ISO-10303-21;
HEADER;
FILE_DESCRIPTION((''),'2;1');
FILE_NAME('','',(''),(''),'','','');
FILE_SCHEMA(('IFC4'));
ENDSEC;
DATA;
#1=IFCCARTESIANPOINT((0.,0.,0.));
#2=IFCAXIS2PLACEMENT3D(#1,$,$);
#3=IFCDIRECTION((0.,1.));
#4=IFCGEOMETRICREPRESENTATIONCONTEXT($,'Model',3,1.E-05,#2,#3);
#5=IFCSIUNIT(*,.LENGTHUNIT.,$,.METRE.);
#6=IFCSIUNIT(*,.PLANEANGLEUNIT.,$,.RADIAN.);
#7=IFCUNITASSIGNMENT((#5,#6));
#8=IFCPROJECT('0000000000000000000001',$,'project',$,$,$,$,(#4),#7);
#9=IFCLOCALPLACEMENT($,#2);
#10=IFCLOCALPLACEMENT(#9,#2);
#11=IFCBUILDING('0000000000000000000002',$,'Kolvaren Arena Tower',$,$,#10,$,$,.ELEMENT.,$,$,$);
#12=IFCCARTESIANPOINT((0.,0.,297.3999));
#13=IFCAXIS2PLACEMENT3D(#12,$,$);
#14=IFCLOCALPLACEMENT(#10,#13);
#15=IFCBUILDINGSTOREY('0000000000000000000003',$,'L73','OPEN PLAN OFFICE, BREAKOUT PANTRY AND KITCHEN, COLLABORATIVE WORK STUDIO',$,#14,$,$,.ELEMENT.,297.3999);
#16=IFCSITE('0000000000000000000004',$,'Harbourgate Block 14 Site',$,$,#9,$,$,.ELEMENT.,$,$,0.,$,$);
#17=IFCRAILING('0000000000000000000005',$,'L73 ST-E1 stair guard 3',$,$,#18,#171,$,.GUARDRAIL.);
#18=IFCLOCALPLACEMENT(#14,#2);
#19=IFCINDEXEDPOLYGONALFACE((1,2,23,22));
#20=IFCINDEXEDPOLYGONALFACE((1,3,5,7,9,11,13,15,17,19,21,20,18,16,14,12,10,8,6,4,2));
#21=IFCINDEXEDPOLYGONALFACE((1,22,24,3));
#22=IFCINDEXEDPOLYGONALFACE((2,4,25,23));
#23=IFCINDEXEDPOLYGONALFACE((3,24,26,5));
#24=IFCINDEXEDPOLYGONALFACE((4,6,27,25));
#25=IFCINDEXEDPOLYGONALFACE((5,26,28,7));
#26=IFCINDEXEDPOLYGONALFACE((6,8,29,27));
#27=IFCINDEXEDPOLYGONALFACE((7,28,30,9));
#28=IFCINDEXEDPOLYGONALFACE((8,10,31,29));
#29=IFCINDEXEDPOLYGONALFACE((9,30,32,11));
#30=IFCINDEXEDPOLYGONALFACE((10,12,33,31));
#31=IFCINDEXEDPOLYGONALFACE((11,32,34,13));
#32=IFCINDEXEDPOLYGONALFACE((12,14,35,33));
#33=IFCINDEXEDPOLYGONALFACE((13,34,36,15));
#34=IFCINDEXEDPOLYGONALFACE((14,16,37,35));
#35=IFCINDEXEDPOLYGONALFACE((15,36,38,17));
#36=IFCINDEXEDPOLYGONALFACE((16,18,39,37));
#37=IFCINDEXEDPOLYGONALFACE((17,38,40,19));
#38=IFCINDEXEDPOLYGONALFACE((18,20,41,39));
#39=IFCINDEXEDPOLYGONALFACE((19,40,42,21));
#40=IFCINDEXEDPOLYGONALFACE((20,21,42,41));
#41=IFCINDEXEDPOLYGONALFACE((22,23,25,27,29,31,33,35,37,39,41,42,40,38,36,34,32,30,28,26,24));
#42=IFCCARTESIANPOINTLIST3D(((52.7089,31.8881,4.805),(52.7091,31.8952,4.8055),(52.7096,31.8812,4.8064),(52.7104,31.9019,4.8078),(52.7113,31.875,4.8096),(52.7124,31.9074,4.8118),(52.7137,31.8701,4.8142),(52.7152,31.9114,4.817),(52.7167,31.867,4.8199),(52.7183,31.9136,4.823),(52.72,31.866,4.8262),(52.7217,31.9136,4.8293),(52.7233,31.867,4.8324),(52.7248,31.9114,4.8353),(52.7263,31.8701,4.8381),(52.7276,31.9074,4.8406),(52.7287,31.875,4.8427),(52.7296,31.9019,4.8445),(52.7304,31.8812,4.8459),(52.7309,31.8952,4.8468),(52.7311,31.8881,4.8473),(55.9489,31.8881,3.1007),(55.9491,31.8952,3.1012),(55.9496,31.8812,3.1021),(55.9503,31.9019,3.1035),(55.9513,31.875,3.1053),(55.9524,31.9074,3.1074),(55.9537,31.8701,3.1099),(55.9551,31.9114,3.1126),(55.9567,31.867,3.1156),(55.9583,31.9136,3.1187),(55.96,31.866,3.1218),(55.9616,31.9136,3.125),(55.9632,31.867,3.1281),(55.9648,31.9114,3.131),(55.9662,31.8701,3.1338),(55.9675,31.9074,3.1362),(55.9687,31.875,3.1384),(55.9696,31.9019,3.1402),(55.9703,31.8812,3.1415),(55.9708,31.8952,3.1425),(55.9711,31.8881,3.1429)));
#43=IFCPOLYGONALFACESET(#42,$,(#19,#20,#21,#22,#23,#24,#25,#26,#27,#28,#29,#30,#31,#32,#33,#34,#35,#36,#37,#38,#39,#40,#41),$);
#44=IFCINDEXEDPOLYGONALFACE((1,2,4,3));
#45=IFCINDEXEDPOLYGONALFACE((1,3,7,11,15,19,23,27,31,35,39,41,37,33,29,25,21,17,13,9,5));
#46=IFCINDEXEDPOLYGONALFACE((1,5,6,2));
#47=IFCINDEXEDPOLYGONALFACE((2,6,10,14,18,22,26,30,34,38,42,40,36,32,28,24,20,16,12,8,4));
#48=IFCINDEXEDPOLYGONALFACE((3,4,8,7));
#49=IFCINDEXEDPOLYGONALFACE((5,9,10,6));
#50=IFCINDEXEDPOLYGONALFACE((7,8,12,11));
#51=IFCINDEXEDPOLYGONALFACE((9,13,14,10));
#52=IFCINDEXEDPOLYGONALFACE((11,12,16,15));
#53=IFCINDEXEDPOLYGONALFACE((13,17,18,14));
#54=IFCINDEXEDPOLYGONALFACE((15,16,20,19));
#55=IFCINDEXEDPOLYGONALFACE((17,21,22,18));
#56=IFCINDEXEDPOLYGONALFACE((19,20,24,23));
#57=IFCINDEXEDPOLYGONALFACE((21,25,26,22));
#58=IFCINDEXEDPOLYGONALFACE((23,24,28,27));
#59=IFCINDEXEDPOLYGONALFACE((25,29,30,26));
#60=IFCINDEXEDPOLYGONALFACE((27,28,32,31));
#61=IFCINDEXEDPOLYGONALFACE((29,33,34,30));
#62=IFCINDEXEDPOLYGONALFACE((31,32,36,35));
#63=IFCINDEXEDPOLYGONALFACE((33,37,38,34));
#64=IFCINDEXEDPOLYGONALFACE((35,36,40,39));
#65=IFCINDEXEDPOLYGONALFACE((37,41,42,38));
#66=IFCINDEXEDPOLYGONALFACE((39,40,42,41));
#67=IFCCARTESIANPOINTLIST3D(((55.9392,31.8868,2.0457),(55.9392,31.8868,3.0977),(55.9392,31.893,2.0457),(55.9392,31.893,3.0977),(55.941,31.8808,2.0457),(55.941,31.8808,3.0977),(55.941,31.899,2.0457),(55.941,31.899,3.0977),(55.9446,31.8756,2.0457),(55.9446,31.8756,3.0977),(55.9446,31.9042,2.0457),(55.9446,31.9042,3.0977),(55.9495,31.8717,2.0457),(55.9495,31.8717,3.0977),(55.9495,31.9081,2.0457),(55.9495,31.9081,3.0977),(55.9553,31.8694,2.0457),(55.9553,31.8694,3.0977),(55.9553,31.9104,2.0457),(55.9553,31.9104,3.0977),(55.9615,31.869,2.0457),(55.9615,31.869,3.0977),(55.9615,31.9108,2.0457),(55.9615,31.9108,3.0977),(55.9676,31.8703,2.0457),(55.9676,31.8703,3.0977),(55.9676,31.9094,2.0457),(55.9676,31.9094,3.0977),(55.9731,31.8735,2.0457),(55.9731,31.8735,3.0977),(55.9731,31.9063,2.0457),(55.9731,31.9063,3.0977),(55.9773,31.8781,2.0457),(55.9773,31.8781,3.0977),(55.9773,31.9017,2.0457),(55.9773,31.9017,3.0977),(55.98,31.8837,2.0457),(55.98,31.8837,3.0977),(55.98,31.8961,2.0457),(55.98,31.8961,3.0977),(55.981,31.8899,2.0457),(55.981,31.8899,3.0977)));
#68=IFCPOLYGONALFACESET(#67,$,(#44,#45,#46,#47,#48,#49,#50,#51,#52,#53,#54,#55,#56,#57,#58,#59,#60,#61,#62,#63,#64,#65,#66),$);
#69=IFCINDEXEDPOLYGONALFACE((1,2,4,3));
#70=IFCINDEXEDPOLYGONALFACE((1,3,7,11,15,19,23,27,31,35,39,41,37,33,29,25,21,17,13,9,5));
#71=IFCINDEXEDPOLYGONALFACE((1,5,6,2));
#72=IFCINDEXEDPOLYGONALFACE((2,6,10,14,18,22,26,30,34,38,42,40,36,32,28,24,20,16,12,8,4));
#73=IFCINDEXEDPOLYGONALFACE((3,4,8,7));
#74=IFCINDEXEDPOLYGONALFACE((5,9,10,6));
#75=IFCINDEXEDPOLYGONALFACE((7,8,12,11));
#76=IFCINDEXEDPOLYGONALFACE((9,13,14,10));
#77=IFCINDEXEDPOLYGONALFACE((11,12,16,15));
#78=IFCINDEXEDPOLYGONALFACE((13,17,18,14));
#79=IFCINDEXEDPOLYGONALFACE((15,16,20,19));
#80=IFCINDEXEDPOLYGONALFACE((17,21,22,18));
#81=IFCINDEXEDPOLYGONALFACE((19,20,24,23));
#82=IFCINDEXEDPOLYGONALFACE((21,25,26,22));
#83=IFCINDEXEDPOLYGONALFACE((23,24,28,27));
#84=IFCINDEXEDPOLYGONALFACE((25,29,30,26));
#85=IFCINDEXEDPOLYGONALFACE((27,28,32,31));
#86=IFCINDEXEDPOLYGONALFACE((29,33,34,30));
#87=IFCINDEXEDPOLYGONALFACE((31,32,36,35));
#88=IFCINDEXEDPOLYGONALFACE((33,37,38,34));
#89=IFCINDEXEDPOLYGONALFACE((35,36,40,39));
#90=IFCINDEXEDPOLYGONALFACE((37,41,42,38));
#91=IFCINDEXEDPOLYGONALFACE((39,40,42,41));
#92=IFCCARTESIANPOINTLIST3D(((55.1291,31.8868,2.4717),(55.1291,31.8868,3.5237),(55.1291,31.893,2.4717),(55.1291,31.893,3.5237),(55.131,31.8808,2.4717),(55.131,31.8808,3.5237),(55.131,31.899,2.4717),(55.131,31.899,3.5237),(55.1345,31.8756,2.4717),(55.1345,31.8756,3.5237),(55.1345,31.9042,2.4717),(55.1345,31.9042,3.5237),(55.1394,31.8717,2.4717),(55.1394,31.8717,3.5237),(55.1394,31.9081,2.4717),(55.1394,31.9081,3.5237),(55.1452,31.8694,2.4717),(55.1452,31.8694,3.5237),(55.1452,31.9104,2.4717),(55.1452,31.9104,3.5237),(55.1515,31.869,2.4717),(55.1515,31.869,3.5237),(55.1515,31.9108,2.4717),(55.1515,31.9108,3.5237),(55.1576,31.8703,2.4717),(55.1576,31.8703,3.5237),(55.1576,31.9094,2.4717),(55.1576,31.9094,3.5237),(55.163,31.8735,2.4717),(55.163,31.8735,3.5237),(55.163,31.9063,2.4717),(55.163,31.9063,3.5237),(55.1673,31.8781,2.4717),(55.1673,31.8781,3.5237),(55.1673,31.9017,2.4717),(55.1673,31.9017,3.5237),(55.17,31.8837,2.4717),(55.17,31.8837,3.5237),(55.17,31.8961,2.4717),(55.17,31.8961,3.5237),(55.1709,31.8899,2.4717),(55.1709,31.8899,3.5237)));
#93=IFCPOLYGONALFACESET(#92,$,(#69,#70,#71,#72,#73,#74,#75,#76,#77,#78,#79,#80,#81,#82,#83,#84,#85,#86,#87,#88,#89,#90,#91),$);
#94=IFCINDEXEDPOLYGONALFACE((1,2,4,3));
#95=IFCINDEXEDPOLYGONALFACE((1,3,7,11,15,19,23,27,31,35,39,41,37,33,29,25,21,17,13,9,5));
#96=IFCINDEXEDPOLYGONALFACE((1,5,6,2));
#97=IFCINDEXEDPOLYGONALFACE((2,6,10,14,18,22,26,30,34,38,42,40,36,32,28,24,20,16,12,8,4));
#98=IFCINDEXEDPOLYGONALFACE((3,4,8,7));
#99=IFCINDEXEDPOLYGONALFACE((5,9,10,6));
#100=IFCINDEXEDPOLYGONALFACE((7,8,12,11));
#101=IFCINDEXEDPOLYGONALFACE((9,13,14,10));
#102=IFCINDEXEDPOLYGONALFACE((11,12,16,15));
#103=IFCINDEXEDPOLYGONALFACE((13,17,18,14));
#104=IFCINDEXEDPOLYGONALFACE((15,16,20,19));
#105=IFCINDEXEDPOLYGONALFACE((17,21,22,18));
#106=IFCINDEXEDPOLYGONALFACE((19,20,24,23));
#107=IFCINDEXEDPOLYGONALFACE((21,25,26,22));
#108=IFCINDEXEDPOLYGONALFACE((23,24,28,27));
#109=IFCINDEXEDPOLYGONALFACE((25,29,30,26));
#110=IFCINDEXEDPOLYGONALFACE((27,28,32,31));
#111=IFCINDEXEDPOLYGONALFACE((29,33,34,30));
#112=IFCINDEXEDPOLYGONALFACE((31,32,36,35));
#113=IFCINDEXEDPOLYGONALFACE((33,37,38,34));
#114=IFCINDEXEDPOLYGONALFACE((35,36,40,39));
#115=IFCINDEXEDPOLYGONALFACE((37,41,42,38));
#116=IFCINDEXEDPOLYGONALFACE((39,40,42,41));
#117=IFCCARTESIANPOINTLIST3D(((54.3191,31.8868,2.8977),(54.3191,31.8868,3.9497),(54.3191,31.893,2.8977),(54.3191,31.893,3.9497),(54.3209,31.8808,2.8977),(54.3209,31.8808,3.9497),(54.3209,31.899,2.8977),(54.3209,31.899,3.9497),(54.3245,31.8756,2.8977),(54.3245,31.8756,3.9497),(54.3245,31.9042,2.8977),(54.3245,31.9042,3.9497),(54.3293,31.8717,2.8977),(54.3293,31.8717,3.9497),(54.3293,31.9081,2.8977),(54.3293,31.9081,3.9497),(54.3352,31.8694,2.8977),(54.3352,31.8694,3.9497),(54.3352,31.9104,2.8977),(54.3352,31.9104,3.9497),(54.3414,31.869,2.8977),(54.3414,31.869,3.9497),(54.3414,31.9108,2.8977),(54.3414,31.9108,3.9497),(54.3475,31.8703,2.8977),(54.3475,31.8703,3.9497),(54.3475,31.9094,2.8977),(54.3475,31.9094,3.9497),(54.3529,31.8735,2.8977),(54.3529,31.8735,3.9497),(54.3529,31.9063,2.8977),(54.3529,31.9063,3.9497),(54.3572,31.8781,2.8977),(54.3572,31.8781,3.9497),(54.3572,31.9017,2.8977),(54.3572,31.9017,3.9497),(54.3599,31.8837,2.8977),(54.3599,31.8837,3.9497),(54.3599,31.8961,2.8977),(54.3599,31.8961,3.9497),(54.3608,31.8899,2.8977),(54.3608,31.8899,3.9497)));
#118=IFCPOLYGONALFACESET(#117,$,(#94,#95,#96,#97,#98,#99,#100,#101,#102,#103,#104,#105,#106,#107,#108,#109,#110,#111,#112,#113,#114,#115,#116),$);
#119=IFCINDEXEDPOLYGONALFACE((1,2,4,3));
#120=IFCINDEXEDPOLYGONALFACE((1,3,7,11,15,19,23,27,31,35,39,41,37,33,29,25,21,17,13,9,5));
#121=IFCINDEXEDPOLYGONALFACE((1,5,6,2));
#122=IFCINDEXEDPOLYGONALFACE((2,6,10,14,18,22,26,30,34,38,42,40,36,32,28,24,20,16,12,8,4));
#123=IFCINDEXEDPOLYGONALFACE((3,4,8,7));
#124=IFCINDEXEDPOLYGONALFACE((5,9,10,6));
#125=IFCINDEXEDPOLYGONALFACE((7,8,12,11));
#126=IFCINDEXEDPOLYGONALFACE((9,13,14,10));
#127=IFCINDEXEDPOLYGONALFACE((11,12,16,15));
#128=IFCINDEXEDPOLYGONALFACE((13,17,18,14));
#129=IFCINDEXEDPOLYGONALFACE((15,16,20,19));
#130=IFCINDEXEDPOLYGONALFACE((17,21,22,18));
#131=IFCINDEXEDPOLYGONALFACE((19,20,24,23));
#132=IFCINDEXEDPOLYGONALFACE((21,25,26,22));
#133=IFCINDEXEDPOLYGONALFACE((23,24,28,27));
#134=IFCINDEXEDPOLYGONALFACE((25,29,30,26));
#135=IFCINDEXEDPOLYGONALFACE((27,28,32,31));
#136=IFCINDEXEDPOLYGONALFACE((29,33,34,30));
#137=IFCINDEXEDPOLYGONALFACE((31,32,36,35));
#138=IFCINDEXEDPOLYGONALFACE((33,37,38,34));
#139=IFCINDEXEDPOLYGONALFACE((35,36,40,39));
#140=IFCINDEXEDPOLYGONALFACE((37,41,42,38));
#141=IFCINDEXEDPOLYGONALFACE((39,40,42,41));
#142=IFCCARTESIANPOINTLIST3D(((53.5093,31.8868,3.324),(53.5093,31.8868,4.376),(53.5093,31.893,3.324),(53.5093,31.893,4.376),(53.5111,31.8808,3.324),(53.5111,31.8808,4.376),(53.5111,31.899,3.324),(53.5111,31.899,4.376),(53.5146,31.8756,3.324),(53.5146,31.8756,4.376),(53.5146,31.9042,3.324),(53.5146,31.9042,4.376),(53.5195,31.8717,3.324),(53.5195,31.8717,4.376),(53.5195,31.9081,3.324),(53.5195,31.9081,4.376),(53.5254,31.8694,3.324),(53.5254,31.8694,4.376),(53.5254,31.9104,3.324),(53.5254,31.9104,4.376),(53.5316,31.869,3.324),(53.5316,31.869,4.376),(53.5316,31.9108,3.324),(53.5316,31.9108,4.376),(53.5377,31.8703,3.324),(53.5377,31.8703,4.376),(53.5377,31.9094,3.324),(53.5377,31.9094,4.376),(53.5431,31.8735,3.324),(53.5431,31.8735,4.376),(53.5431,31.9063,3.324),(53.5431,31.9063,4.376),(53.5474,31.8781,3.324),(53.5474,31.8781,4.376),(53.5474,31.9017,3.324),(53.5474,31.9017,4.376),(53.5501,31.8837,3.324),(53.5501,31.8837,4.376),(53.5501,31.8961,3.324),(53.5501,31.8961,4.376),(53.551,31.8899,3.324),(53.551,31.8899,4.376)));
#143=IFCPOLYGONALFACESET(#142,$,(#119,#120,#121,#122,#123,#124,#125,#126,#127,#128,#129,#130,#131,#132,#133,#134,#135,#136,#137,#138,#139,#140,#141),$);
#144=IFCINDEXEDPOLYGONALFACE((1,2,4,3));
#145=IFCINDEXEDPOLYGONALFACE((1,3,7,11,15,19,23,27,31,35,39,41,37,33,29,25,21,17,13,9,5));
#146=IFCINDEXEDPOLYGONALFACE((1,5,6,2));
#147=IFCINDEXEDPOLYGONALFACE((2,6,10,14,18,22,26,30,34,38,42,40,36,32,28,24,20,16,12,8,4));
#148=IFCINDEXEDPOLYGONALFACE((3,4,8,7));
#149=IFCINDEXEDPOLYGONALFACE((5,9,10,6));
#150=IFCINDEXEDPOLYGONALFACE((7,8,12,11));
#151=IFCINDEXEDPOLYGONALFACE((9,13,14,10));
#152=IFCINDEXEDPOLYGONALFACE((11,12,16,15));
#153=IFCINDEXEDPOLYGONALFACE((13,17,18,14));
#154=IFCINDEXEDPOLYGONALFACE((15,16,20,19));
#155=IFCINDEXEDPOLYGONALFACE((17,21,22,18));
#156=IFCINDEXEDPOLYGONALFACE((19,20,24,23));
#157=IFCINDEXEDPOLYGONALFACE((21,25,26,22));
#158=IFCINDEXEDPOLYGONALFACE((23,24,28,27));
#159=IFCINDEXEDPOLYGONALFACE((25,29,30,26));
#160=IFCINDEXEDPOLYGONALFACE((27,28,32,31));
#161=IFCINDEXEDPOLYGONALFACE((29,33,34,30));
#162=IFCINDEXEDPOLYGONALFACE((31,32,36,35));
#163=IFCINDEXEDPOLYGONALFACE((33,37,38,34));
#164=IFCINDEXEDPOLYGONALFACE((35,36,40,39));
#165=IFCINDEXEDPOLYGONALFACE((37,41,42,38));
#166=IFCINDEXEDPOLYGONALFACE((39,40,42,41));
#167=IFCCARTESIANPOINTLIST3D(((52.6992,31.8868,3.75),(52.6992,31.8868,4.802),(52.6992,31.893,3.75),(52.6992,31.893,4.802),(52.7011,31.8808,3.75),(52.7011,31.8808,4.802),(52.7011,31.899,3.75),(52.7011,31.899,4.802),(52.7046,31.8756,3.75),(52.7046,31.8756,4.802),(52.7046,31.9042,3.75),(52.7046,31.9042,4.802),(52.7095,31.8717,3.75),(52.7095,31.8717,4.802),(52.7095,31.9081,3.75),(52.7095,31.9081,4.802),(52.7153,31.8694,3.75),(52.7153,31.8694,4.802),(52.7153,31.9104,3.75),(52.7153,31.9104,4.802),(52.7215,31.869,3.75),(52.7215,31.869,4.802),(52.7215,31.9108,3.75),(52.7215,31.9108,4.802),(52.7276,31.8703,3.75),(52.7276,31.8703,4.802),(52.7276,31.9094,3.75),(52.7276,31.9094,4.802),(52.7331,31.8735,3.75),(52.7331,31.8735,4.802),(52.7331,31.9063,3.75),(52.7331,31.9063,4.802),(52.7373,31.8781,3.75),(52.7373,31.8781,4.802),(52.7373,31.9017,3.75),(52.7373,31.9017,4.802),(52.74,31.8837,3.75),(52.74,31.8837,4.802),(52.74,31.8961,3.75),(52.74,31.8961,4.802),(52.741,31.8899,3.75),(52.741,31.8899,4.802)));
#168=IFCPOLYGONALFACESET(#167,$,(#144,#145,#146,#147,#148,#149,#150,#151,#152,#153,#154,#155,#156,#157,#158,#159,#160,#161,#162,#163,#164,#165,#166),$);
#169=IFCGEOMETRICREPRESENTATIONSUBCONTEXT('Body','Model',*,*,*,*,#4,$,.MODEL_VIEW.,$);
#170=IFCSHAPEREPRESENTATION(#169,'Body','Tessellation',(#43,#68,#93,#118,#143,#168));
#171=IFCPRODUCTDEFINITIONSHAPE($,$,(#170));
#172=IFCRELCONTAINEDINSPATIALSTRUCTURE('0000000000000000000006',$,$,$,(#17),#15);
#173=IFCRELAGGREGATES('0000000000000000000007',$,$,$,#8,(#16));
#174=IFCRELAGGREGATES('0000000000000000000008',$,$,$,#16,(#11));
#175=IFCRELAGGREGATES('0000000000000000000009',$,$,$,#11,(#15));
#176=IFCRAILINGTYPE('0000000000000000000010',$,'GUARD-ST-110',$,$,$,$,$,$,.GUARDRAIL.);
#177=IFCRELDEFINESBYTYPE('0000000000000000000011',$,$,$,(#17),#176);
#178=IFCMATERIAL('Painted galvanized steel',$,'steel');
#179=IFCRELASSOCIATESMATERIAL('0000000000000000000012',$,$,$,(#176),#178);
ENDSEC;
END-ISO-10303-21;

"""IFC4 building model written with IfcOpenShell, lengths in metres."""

from ifc_helpers import new_model, si_unit, direction, frame, origin, origin_2d, place, context, subcontext, project, spatial, circle, extrude, material, type_object, element, save


model = new_model("IFC4")

# Units and contexts
model_context = context("Model", 3, precision=1e-05, world=origin(), true_north=direction((0.0, 1.0)))
body_context = subcontext(model_context, "Body", "Model", "MODEL_VIEW")
ifc_project = project(units=[si_unit("LENGTHUNIT", "METRE"), si_unit("PLANEANGLEUNIT", "RADIAN")], contexts=[model_context])

# Site, building, storey
site_placement = place(None, origin())
site = spatial("IfcSite", under=ifc_project, at=site_placement, Name="Harbourgate Block 14 Site", CompositionType="ELEMENT", RefElevation=0.0)
building_placement = place(site_placement, origin())
building = spatial("IfcBuilding", under=site, at=building_placement, Name="Kolvaren Arena Tower", CompositionType="ELEMENT")
storey_placement = place(building_placement, frame((0.0, 0.0, 297.3999)))
storey = spatial("IfcBuildingStorey", under=building, at=storey_placement, Name="L73", Description="OPEN PLAN OFFICE, BREAKOUT PANTRY AND KITCHEN, COLLABORATIVE WORK STUDIO", CompositionType="ELEMENT", Elevation=297.3999)

# Railing
ifc_material_1 = material(Name="Painted galvanized steel", Category="steel")
railing_type_1 = type_object("IfcRailingType", Name="GUARD-ST-110", PredefinedType="GUARDRAIL", material=ifc_material_1)
railing_1_placement = place(storey_placement, frame((55.96, 31.8899, 2.0457)))
element("IfcRailing", 1, at=railing_1_placement, inside=storey, type_object=railing_type_1, Name="L73 ST-E1 stair guard 3", PredefinedType="GUARDRAIL", context=body_context, shape_type="SweptSolid", body=[
    extrude(circle(Radius=0.0239, at=origin_2d()), frame((0.0, 0.0, 1.0762), z_axis=(-0.885021, 0.0, 0.465551), x_axis=(0.0, -1.0, 0.0)), (0.0, 0.0, 1.0), 3.6609),
    extrude(circle(Radius=0.021, at=origin_2d()), origin(), (0.0, 0.0, 1.0), 1.052),
    extrude(circle(Radius=0.021, at=origin_2d()), frame((-0.8101, 0.0, 0.426)), (0.0, 0.0, 1.0), 1.052),
    extrude(circle(Radius=0.021, at=origin_2d()), frame((-1.6201, 0.0, 0.8521)), (0.0, 0.0, 1.0), 1.052),
    extrude(circle(Radius=0.021, at=origin_2d()), frame((-2.4299, 0.0, 1.2783)), (0.0, 0.0, 1.0), 1.052),
    extrude(circle(Radius=0.021, at=origin_2d()), frame((-3.24, 0.0, 1.7043)), (0.0, 0.0, 1.0), 1.052),
])

save(model, "model.ifc")
